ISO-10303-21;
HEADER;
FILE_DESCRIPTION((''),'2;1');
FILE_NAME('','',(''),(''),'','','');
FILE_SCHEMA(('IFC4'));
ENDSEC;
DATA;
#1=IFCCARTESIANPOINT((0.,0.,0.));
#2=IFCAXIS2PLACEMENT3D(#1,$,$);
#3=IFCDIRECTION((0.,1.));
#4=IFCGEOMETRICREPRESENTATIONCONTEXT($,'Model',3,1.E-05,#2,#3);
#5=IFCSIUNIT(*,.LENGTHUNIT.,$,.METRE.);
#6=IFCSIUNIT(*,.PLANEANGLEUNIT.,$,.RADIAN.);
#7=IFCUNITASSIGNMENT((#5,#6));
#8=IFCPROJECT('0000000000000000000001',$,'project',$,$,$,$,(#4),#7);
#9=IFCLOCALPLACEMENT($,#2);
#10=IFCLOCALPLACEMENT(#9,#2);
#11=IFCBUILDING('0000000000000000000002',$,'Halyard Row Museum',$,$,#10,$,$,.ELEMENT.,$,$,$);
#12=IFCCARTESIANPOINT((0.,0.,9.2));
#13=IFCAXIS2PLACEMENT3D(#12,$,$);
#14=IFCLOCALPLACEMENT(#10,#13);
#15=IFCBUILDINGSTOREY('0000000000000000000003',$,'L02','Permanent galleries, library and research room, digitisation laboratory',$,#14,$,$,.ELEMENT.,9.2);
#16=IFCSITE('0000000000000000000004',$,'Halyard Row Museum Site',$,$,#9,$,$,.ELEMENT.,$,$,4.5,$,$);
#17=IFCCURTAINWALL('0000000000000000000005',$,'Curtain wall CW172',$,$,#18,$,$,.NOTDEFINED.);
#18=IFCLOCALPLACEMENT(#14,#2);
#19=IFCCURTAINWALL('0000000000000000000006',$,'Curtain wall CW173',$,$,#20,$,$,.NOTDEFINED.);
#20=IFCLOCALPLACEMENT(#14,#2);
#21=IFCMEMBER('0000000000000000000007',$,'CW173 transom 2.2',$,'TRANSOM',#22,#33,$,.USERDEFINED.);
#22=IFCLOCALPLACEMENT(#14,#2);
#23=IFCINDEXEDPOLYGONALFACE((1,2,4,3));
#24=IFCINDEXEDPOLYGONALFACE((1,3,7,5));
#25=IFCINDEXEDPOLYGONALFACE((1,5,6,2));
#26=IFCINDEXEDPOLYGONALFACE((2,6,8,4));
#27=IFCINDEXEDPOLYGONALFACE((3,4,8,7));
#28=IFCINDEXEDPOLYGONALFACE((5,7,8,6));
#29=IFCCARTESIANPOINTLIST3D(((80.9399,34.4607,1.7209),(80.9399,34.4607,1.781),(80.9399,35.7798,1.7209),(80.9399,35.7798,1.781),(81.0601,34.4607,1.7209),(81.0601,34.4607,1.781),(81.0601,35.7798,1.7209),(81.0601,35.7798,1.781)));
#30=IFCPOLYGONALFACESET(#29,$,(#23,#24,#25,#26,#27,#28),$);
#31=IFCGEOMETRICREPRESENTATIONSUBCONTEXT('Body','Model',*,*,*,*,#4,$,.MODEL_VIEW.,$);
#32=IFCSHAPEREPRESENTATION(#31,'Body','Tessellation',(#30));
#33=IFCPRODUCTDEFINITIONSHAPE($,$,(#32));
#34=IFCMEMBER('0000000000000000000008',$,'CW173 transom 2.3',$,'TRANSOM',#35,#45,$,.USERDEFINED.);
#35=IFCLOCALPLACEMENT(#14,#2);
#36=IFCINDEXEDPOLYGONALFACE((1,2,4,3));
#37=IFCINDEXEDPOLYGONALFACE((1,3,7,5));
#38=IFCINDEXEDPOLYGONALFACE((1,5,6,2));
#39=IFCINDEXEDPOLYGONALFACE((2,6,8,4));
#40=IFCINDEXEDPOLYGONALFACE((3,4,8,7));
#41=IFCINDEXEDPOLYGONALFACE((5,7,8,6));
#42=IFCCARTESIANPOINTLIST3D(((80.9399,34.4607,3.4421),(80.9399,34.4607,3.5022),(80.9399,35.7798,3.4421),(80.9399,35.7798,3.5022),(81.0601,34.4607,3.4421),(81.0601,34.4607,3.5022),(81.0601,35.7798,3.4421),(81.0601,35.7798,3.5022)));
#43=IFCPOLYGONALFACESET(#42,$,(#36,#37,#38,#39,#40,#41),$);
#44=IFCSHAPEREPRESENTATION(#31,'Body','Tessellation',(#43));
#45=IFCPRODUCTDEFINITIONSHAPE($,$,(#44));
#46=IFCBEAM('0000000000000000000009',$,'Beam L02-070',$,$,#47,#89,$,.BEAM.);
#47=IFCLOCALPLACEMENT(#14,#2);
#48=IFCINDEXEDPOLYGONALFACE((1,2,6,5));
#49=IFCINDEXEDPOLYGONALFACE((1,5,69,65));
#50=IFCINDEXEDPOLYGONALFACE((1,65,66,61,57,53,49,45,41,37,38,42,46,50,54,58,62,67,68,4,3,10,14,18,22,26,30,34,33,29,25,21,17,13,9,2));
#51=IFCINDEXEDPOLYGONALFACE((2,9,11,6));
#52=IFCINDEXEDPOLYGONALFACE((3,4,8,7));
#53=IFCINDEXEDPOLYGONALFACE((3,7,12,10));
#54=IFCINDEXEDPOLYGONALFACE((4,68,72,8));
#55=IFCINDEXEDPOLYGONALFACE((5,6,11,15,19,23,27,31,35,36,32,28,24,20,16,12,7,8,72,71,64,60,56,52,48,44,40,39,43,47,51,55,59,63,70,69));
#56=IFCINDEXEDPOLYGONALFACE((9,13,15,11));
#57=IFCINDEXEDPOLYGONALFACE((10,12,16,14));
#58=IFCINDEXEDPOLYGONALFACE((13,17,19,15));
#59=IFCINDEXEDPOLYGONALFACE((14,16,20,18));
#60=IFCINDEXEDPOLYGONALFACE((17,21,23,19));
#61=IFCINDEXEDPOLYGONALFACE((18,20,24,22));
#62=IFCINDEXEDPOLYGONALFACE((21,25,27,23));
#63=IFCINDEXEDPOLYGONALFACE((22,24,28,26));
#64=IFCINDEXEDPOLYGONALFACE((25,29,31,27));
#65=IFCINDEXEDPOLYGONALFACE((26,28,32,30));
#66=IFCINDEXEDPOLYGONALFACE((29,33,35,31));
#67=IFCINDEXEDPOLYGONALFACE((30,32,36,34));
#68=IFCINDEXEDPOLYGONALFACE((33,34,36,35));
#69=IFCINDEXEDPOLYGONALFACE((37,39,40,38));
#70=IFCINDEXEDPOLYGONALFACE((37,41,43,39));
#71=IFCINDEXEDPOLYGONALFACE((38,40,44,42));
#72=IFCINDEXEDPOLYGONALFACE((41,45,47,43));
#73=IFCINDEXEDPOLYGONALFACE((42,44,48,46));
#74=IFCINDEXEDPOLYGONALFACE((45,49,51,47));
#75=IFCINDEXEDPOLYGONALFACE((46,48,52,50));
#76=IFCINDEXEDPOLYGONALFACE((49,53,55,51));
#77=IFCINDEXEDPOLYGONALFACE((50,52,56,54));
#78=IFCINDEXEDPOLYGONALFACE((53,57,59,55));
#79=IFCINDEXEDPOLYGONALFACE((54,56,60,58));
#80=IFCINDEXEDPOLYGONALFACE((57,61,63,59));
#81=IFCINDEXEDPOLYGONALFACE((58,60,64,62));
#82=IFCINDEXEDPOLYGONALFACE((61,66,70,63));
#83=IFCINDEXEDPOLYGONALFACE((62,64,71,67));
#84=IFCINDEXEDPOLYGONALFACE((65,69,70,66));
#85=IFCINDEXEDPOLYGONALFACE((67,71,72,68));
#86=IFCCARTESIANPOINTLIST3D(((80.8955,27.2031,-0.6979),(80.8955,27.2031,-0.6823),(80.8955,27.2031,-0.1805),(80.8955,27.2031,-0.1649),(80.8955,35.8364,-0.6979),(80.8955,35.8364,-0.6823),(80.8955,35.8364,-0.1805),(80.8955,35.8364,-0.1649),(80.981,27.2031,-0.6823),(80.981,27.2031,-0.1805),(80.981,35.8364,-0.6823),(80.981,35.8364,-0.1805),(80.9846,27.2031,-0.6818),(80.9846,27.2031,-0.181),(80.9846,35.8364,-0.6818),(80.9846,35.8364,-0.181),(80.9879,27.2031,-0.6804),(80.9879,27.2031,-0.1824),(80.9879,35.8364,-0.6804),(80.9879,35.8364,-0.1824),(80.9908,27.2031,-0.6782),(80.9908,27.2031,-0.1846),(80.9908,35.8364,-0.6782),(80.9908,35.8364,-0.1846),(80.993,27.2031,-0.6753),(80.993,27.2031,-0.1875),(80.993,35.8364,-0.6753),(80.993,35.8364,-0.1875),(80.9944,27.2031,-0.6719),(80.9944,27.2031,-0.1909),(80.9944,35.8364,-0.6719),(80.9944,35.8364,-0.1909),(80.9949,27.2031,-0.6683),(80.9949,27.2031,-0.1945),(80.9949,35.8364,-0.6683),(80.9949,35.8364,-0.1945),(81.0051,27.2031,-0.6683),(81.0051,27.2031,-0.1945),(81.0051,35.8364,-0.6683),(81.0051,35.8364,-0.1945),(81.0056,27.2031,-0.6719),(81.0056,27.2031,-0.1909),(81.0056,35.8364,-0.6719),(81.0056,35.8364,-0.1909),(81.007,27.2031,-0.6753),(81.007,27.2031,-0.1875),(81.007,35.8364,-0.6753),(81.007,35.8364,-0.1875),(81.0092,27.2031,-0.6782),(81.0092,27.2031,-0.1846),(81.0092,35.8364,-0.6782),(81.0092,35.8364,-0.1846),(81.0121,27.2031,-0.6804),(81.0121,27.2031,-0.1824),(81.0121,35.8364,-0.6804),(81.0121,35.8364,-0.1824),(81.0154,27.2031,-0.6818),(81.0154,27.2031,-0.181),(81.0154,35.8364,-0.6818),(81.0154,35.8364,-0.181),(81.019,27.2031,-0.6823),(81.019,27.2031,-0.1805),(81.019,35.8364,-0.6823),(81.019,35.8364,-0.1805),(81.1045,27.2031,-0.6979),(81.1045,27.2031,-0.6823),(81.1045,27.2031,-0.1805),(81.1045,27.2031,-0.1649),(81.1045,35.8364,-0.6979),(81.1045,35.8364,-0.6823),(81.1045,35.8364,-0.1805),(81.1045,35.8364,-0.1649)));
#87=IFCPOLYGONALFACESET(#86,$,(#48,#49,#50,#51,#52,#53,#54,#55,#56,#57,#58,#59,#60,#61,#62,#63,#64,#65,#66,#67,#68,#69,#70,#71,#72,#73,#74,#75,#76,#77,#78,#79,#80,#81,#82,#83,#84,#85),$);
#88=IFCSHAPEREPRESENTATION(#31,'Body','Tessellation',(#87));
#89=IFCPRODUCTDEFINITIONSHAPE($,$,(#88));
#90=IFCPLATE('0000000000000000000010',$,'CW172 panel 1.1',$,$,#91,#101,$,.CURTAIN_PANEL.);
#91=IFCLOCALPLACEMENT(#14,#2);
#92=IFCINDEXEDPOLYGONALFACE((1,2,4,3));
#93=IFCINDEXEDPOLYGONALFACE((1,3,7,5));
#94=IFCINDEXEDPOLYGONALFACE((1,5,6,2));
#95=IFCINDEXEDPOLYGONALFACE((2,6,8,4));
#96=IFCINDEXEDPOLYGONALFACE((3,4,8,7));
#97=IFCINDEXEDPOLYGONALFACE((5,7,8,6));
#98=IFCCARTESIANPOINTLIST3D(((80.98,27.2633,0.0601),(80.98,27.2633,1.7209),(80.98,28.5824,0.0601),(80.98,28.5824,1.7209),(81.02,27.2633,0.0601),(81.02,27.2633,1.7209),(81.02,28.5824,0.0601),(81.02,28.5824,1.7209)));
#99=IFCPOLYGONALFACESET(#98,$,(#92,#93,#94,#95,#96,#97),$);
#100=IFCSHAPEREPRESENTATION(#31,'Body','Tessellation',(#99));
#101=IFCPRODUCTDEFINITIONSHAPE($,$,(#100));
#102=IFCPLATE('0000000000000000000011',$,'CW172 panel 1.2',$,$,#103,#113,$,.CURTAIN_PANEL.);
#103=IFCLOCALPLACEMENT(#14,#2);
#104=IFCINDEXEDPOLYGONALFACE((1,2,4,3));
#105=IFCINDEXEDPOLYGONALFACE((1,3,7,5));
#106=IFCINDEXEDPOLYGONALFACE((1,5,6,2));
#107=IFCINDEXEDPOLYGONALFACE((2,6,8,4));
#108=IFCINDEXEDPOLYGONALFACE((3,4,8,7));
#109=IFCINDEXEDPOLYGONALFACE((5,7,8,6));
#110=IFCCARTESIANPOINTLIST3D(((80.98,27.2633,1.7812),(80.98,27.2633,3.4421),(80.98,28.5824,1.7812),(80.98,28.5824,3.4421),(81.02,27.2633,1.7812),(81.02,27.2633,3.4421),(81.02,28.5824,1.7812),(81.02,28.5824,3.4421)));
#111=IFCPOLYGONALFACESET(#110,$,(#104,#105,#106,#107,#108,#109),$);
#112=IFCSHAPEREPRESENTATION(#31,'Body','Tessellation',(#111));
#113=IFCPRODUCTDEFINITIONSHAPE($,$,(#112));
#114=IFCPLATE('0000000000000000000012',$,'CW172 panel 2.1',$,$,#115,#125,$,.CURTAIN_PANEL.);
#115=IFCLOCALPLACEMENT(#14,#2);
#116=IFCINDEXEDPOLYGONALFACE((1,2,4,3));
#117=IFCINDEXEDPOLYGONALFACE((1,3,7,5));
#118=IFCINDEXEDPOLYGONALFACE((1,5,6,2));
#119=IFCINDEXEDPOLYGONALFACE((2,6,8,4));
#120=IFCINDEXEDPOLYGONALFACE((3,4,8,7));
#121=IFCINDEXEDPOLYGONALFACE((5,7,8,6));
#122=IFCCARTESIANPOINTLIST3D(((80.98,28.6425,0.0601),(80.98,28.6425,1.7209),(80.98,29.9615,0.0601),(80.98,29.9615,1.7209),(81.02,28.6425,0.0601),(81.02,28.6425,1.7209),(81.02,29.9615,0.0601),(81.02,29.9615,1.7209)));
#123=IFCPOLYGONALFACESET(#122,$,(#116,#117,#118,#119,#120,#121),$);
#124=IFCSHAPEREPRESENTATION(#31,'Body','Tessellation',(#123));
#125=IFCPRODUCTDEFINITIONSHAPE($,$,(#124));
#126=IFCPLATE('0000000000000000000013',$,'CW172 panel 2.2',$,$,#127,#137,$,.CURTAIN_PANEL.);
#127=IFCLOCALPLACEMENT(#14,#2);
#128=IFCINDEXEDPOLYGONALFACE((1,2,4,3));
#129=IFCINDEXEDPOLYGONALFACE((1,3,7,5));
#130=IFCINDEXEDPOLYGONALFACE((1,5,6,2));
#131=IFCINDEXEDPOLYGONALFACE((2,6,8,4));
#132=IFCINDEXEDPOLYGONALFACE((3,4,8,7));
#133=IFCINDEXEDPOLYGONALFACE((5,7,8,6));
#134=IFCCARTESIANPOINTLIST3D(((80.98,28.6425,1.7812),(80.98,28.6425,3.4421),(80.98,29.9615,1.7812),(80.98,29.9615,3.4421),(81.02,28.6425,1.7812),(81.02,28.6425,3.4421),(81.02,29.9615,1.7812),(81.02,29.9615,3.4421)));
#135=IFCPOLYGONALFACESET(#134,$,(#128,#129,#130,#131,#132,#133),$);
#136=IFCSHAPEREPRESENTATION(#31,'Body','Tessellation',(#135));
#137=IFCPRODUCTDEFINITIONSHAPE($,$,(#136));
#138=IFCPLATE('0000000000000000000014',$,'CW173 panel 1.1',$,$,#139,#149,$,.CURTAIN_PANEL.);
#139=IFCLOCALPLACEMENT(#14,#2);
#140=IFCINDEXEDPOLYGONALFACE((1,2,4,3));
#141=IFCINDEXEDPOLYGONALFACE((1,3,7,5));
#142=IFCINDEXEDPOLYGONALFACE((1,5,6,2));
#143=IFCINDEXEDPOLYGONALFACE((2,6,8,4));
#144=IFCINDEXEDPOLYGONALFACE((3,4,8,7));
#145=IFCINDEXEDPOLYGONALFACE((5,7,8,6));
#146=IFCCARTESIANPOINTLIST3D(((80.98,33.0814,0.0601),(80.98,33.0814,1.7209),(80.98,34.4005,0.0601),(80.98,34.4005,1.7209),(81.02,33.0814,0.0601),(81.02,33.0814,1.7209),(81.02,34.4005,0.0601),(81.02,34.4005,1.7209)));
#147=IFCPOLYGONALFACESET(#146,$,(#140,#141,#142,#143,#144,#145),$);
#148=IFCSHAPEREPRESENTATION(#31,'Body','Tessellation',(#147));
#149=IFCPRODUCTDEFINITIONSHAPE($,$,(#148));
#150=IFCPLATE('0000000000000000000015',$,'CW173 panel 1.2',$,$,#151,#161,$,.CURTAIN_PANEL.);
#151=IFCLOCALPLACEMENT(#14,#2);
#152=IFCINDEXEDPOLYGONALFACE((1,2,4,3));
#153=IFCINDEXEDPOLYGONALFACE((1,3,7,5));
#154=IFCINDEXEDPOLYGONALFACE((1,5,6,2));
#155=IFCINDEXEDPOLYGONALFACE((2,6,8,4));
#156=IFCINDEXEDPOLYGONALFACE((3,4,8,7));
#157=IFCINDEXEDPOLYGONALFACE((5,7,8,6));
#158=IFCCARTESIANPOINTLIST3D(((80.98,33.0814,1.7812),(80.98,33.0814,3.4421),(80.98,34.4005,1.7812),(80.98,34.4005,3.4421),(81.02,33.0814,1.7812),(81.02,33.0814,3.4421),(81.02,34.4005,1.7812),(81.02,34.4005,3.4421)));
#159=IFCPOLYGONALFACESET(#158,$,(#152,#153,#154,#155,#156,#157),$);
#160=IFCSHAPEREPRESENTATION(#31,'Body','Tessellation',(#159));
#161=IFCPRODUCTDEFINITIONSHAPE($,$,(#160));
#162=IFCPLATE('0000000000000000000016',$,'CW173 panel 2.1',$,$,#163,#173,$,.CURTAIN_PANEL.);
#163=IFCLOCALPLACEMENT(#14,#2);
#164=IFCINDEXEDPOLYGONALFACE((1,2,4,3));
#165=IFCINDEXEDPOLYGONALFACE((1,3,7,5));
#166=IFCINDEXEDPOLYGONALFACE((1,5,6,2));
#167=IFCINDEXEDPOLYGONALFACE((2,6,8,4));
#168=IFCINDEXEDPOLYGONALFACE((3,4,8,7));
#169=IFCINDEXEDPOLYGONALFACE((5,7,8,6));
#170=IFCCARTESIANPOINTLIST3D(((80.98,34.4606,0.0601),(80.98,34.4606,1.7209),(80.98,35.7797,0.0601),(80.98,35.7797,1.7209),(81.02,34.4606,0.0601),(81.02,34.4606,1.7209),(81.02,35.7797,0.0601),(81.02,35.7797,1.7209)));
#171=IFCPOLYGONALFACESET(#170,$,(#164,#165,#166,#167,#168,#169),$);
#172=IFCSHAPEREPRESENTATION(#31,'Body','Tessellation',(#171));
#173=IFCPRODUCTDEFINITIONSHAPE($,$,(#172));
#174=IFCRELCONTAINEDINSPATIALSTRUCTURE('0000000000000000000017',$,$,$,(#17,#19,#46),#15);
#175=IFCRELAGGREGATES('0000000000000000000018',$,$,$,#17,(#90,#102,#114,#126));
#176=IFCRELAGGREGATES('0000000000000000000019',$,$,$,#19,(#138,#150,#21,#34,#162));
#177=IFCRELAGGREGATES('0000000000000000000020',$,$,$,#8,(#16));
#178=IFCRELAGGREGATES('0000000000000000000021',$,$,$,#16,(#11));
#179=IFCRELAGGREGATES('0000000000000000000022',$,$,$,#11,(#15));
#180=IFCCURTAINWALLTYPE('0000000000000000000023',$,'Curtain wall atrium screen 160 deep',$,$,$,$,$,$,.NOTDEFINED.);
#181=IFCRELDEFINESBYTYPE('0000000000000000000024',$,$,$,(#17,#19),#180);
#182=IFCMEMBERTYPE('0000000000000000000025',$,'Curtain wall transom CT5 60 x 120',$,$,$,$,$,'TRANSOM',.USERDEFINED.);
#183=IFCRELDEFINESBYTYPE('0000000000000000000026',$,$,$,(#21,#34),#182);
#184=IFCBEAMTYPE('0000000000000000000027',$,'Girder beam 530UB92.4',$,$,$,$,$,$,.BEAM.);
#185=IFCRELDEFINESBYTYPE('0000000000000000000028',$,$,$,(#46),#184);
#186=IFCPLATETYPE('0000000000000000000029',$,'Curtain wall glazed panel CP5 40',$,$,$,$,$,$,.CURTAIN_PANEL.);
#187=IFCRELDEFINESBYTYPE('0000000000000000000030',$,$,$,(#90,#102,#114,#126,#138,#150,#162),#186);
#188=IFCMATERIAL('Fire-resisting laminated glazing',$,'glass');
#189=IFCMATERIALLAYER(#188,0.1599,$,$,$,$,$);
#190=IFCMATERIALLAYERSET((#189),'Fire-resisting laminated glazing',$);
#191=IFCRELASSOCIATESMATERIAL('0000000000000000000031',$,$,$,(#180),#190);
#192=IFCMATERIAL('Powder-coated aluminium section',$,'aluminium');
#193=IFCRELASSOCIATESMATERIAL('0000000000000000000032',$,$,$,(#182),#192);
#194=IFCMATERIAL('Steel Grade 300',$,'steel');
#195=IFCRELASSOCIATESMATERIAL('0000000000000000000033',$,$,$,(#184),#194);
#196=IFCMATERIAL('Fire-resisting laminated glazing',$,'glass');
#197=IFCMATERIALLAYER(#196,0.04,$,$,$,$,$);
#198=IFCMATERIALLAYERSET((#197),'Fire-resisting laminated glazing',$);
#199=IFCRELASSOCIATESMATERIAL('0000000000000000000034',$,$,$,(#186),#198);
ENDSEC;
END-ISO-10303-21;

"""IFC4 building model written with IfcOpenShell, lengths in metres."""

from ifc_helpers import new_model, si_unit, direction, frame, origin, origin_2d, place, context, subcontext, project, spatial, rectangle, i_section, extrude, material, layer, layer_set, material_profile, profile_set, type_object, element, aggregate, save


model = new_model("IFC4")

# Units and contexts
model_context = context("Model", 3, precision=1e-05, world=origin(), true_north=direction((0.0, 1.0)))
body_context = subcontext(model_context, "Body", "Model", "MODEL_VIEW")
ifc_project = project(units=[si_unit("LENGTHUNIT", "METRE"), si_unit("PLANEANGLEUNIT", "RADIAN")], contexts=[model_context])

# Site, building, storey
site_placement = place(None, origin())
site = spatial("IfcSite", under=ifc_project, at=site_placement, Name="Halyard Row Museum Site", CompositionType="ELEMENT", RefElevation=4.5)
building_placement = place(site_placement, origin())
building = spatial("IfcBuilding", under=site, at=building_placement, Name="Halyard Row Museum", CompositionType="ELEMENT")
storey_placement = place(building_placement, frame((0.0, 0.0, 9.2)))
storey = spatial("IfcBuildingStorey", under=building, at=storey_placement, Name="L02", Description="Permanent galleries, library and research room, digitisation laboratory", CompositionType="ELEMENT", Elevation=9.2)

# Curtain walls
ifc_material_1 = material(Name="Fire-resisting laminated glazing", Category="glass")
ifc_layer_1 = layer(ifc_material_1, 0.1599)
ifc_layer_set_1 = layer_set([ifc_layer_1], Name="Fire-resisting laminated glazing")
curtain_wall_type = type_object("IfcCurtainWallType", Name="Curtain wall atrium screen 160 deep", PredefinedType="NOTDEFINED", material=ifc_layer_set_1)
curtain_wall_1_placement = place(storey_placement, origin())
curtain_wall_1 = element("IfcCurtainWall", 1, at=curtain_wall_1_placement, inside=storey, type_object=curtain_wall_type, Name="Curtain wall CW172", PredefinedType="NOTDEFINED")
curtain_wall_2_placement = place(storey_placement, origin())
curtain_wall_2 = element("IfcCurtainWall", 2, at=curtain_wall_2_placement, inside=storey, type_object=curtain_wall_type, Name="Curtain wall CW173", PredefinedType="NOTDEFINED")

# Members
ifc_material_2 = material(Name="Powder-coated aluminium section", Category="aluminium")
ifc_material_profile_1 = material_profile(ifc_material_2, rectangle(XDim=0.1201, YDim=0.0601, at=origin_2d()), Name="120x60 transom")
ifc_profile_set_1 = profile_set([ifc_material_profile_1], Name="Powder-coated aluminium section")
member_type_1 = type_object("IfcMemberType", Name="Curtain wall transom CT5 60 x 120", ElementType="TRANSOM", PredefinedType="USERDEFINED", material=ifc_profile_set_1)
member_1_placement = place(storey_placement, frame((81.0, 34.4607, 1.751), z_axis=(0.0, 1.0, 0.0), x_axis=(-1.0, 0.0, 0.0)))
member_1 = element("IfcMember", 3, at=member_1_placement, type_object=member_type_1, Name="CW173 transom 2.2", ObjectType="TRANSOM", PredefinedType="USERDEFINED", context=body_context, shape_type="SweptSolid", body=[
    extrude(rectangle(XDim=0.1201, YDim=0.0601, at=origin_2d()), origin(), (0.0, 0.0, 1.0), 1.3191),
])
member_2_placement = place(storey_placement, frame((81.0, 34.4607, 3.4722), z_axis=(0.0, 1.0, 0.0), x_axis=(-1.0, 0.0, 0.0)))
member_2 = element("IfcMember", 4, at=member_2_placement, type_object=member_type_1, Name="CW173 transom 2.3", ObjectType="TRANSOM", PredefinedType="USERDEFINED", context=body_context, shape_type="SweptSolid", body=[
    extrude(rectangle(XDim=0.1201, YDim=0.0601, at=origin_2d()), origin(), (0.0, 0.0, 1.0), 1.3191),
])

# Beam
ifc_material_3 = material(Name="Steel Grade 300", Category="steel")
ifc_material_profile_2 = material_profile(ifc_material_3, i_section(OverallWidth=0.209, OverallDepth=0.533, WebThickness=0.0103, FlangeThickness=0.0156, FilletRadius=0.0139, at=origin_2d()), Name="530UB92.4")
ifc_profile_set_2 = profile_set([ifc_material_profile_2], Name="Steel Grade 300")
beam_type = type_object("IfcBeamType", Name="Girder beam 530UB92.4", PredefinedType="BEAM", material=ifc_profile_set_2)
beam_placement = place(storey_placement, frame((81.0, 27.2031, -0.4314), z_axis=(0.0, 1.0, 0.0), x_axis=(-1.0, 0.0, 0.0)))
element("IfcBeam", 5, at=beam_placement, inside=storey, type_object=beam_type, Name="Beam L02-070", PredefinedType="BEAM", context=body_context, shape_type="SweptSolid", body=[
    extrude(i_section(OverallWidth=0.209, OverallDepth=0.533, WebThickness=0.0103, FlangeThickness=0.0156, FilletRadius=0.0139, at=origin_2d()), origin(), (0.0, 0.0, 1.0), 8.6333),
])

# Plates
ifc_material_4 = material(Name="Fire-resisting laminated glazing", Category="glass")
ifc_layer_2 = layer(ifc_material_4, 0.04)
ifc_layer_set_2 = layer_set([ifc_layer_2], Name="Fire-resisting laminated glazing")
plate_type = type_object("IfcPlateType", Name="Curtain wall glazed panel CP5 40", PredefinedType="CURTAIN_PANEL", material=ifc_layer_set_2)
plate_1_placement = place(storey_placement, frame((81.0, 27.9229, 0.0601), z_axis=(0.0, 0.0, 1.0), x_axis=(0.0, 1.0, 0.0)))
plate_1 = element("IfcPlate", 6, at=plate_1_placement, type_object=plate_type, Name="CW172 panel 1.1", PredefinedType="CURTAIN_PANEL", context=body_context, shape_type="SweptSolid", body=[
    extrude(rectangle(XDim=1.3191, YDim=0.04, at=origin_2d()), origin(), (0.0, 0.0, 1.0), 1.6609),
])
plate_2_placement = place(storey_placement, frame((81.0, 27.9229, 1.7812), z_axis=(0.0, 0.0, 1.0), x_axis=(0.0, 1.0, 0.0)))
plate_2 = element("IfcPlate", 7, at=plate_2_placement, type_object=plate_type, Name="CW172 panel 1.2", PredefinedType="CURTAIN_PANEL", context=body_context, shape_type="SweptSolid", body=[
    extrude(rectangle(XDim=1.3191, YDim=0.04, at=origin_2d()), origin(), (0.0, 0.0, 1.0), 1.6609),
])
plate_3_placement = place(storey_placement, frame((81.0, 29.302, 0.0601), z_axis=(0.0, 0.0, 1.0), x_axis=(0.0, 1.0, 0.0)))
plate_3 = element("IfcPlate", 8, at=plate_3_placement, type_object=plate_type, Name="CW172 panel 2.1", PredefinedType="CURTAIN_PANEL", context=body_context, shape_type="SweptSolid", body=[
    extrude(rectangle(XDim=1.3191, YDim=0.04, at=origin_2d()), origin(), (0.0, 0.0, 1.0), 1.6609),
])
plate_4_placement = place(storey_placement, frame((81.0, 29.302, 1.7812), z_axis=(0.0, 0.0, 1.0), x_axis=(0.0, 1.0, 0.0)))
plate_4 = element("IfcPlate", 9, at=plate_4_placement, type_object=plate_type, Name="CW172 panel 2.2", PredefinedType="CURTAIN_PANEL", context=body_context, shape_type="SweptSolid", body=[
    extrude(rectangle(XDim=1.3191, YDim=0.04, at=origin_2d()), origin(), (0.0, 0.0, 1.0), 1.6609),
])
aggregate(curtain_wall_1, [plate_1, plate_2, plate_3, plate_4])
plate_5_placement = place(storey_placement, frame((81.0, 33.741, 0.0601), z_axis=(0.0, 0.0, 1.0), x_axis=(0.0, 1.0, 0.0)))
plate_5 = element("IfcPlate", 10, at=plate_5_placement, type_object=plate_type, Name="CW173 panel 1.1", PredefinedType="CURTAIN_PANEL", context=body_context, shape_type="SweptSolid", body=[
    extrude(rectangle(XDim=1.3191, YDim=0.04, at=origin_2d()), origin(), (0.0, 0.0, 1.0), 1.6609),
])
plate_6_placement = place(storey_placement, frame((81.0, 33.741, 1.7812), z_axis=(0.0, 0.0, 1.0), x_axis=(0.0, 1.0, 0.0)))
plate_6 = element("IfcPlate", 11, at=plate_6_placement, type_object=plate_type, Name="CW173 panel 1.2", PredefinedType="CURTAIN_PANEL", context=body_context, shape_type="SweptSolid", body=[
    extrude(rectangle(XDim=1.3191, YDim=0.04, at=origin_2d()), origin(), (0.0, 0.0, 1.0), 1.6609),
])
plate_7_placement = place(storey_placement, frame((81.0, 35.1201, 0.0601), z_axis=(0.0, 0.0, 1.0), x_axis=(0.0, 1.0, 0.0)))
plate_7 = element("IfcPlate", 12, at=plate_7_placement, type_object=plate_type, Name="CW173 panel 2.1", PredefinedType="CURTAIN_PANEL", context=body_context, shape_type="SweptSolid", body=[
    extrude(rectangle(XDim=1.3191, YDim=0.04, at=origin_2d()), origin(), (0.0, 0.0, 1.0), 1.6609),
])
aggregate(curtain_wall_2, [plate_5, plate_6, member_1, member_2, plate_7])

save(model, "model.ifc")
